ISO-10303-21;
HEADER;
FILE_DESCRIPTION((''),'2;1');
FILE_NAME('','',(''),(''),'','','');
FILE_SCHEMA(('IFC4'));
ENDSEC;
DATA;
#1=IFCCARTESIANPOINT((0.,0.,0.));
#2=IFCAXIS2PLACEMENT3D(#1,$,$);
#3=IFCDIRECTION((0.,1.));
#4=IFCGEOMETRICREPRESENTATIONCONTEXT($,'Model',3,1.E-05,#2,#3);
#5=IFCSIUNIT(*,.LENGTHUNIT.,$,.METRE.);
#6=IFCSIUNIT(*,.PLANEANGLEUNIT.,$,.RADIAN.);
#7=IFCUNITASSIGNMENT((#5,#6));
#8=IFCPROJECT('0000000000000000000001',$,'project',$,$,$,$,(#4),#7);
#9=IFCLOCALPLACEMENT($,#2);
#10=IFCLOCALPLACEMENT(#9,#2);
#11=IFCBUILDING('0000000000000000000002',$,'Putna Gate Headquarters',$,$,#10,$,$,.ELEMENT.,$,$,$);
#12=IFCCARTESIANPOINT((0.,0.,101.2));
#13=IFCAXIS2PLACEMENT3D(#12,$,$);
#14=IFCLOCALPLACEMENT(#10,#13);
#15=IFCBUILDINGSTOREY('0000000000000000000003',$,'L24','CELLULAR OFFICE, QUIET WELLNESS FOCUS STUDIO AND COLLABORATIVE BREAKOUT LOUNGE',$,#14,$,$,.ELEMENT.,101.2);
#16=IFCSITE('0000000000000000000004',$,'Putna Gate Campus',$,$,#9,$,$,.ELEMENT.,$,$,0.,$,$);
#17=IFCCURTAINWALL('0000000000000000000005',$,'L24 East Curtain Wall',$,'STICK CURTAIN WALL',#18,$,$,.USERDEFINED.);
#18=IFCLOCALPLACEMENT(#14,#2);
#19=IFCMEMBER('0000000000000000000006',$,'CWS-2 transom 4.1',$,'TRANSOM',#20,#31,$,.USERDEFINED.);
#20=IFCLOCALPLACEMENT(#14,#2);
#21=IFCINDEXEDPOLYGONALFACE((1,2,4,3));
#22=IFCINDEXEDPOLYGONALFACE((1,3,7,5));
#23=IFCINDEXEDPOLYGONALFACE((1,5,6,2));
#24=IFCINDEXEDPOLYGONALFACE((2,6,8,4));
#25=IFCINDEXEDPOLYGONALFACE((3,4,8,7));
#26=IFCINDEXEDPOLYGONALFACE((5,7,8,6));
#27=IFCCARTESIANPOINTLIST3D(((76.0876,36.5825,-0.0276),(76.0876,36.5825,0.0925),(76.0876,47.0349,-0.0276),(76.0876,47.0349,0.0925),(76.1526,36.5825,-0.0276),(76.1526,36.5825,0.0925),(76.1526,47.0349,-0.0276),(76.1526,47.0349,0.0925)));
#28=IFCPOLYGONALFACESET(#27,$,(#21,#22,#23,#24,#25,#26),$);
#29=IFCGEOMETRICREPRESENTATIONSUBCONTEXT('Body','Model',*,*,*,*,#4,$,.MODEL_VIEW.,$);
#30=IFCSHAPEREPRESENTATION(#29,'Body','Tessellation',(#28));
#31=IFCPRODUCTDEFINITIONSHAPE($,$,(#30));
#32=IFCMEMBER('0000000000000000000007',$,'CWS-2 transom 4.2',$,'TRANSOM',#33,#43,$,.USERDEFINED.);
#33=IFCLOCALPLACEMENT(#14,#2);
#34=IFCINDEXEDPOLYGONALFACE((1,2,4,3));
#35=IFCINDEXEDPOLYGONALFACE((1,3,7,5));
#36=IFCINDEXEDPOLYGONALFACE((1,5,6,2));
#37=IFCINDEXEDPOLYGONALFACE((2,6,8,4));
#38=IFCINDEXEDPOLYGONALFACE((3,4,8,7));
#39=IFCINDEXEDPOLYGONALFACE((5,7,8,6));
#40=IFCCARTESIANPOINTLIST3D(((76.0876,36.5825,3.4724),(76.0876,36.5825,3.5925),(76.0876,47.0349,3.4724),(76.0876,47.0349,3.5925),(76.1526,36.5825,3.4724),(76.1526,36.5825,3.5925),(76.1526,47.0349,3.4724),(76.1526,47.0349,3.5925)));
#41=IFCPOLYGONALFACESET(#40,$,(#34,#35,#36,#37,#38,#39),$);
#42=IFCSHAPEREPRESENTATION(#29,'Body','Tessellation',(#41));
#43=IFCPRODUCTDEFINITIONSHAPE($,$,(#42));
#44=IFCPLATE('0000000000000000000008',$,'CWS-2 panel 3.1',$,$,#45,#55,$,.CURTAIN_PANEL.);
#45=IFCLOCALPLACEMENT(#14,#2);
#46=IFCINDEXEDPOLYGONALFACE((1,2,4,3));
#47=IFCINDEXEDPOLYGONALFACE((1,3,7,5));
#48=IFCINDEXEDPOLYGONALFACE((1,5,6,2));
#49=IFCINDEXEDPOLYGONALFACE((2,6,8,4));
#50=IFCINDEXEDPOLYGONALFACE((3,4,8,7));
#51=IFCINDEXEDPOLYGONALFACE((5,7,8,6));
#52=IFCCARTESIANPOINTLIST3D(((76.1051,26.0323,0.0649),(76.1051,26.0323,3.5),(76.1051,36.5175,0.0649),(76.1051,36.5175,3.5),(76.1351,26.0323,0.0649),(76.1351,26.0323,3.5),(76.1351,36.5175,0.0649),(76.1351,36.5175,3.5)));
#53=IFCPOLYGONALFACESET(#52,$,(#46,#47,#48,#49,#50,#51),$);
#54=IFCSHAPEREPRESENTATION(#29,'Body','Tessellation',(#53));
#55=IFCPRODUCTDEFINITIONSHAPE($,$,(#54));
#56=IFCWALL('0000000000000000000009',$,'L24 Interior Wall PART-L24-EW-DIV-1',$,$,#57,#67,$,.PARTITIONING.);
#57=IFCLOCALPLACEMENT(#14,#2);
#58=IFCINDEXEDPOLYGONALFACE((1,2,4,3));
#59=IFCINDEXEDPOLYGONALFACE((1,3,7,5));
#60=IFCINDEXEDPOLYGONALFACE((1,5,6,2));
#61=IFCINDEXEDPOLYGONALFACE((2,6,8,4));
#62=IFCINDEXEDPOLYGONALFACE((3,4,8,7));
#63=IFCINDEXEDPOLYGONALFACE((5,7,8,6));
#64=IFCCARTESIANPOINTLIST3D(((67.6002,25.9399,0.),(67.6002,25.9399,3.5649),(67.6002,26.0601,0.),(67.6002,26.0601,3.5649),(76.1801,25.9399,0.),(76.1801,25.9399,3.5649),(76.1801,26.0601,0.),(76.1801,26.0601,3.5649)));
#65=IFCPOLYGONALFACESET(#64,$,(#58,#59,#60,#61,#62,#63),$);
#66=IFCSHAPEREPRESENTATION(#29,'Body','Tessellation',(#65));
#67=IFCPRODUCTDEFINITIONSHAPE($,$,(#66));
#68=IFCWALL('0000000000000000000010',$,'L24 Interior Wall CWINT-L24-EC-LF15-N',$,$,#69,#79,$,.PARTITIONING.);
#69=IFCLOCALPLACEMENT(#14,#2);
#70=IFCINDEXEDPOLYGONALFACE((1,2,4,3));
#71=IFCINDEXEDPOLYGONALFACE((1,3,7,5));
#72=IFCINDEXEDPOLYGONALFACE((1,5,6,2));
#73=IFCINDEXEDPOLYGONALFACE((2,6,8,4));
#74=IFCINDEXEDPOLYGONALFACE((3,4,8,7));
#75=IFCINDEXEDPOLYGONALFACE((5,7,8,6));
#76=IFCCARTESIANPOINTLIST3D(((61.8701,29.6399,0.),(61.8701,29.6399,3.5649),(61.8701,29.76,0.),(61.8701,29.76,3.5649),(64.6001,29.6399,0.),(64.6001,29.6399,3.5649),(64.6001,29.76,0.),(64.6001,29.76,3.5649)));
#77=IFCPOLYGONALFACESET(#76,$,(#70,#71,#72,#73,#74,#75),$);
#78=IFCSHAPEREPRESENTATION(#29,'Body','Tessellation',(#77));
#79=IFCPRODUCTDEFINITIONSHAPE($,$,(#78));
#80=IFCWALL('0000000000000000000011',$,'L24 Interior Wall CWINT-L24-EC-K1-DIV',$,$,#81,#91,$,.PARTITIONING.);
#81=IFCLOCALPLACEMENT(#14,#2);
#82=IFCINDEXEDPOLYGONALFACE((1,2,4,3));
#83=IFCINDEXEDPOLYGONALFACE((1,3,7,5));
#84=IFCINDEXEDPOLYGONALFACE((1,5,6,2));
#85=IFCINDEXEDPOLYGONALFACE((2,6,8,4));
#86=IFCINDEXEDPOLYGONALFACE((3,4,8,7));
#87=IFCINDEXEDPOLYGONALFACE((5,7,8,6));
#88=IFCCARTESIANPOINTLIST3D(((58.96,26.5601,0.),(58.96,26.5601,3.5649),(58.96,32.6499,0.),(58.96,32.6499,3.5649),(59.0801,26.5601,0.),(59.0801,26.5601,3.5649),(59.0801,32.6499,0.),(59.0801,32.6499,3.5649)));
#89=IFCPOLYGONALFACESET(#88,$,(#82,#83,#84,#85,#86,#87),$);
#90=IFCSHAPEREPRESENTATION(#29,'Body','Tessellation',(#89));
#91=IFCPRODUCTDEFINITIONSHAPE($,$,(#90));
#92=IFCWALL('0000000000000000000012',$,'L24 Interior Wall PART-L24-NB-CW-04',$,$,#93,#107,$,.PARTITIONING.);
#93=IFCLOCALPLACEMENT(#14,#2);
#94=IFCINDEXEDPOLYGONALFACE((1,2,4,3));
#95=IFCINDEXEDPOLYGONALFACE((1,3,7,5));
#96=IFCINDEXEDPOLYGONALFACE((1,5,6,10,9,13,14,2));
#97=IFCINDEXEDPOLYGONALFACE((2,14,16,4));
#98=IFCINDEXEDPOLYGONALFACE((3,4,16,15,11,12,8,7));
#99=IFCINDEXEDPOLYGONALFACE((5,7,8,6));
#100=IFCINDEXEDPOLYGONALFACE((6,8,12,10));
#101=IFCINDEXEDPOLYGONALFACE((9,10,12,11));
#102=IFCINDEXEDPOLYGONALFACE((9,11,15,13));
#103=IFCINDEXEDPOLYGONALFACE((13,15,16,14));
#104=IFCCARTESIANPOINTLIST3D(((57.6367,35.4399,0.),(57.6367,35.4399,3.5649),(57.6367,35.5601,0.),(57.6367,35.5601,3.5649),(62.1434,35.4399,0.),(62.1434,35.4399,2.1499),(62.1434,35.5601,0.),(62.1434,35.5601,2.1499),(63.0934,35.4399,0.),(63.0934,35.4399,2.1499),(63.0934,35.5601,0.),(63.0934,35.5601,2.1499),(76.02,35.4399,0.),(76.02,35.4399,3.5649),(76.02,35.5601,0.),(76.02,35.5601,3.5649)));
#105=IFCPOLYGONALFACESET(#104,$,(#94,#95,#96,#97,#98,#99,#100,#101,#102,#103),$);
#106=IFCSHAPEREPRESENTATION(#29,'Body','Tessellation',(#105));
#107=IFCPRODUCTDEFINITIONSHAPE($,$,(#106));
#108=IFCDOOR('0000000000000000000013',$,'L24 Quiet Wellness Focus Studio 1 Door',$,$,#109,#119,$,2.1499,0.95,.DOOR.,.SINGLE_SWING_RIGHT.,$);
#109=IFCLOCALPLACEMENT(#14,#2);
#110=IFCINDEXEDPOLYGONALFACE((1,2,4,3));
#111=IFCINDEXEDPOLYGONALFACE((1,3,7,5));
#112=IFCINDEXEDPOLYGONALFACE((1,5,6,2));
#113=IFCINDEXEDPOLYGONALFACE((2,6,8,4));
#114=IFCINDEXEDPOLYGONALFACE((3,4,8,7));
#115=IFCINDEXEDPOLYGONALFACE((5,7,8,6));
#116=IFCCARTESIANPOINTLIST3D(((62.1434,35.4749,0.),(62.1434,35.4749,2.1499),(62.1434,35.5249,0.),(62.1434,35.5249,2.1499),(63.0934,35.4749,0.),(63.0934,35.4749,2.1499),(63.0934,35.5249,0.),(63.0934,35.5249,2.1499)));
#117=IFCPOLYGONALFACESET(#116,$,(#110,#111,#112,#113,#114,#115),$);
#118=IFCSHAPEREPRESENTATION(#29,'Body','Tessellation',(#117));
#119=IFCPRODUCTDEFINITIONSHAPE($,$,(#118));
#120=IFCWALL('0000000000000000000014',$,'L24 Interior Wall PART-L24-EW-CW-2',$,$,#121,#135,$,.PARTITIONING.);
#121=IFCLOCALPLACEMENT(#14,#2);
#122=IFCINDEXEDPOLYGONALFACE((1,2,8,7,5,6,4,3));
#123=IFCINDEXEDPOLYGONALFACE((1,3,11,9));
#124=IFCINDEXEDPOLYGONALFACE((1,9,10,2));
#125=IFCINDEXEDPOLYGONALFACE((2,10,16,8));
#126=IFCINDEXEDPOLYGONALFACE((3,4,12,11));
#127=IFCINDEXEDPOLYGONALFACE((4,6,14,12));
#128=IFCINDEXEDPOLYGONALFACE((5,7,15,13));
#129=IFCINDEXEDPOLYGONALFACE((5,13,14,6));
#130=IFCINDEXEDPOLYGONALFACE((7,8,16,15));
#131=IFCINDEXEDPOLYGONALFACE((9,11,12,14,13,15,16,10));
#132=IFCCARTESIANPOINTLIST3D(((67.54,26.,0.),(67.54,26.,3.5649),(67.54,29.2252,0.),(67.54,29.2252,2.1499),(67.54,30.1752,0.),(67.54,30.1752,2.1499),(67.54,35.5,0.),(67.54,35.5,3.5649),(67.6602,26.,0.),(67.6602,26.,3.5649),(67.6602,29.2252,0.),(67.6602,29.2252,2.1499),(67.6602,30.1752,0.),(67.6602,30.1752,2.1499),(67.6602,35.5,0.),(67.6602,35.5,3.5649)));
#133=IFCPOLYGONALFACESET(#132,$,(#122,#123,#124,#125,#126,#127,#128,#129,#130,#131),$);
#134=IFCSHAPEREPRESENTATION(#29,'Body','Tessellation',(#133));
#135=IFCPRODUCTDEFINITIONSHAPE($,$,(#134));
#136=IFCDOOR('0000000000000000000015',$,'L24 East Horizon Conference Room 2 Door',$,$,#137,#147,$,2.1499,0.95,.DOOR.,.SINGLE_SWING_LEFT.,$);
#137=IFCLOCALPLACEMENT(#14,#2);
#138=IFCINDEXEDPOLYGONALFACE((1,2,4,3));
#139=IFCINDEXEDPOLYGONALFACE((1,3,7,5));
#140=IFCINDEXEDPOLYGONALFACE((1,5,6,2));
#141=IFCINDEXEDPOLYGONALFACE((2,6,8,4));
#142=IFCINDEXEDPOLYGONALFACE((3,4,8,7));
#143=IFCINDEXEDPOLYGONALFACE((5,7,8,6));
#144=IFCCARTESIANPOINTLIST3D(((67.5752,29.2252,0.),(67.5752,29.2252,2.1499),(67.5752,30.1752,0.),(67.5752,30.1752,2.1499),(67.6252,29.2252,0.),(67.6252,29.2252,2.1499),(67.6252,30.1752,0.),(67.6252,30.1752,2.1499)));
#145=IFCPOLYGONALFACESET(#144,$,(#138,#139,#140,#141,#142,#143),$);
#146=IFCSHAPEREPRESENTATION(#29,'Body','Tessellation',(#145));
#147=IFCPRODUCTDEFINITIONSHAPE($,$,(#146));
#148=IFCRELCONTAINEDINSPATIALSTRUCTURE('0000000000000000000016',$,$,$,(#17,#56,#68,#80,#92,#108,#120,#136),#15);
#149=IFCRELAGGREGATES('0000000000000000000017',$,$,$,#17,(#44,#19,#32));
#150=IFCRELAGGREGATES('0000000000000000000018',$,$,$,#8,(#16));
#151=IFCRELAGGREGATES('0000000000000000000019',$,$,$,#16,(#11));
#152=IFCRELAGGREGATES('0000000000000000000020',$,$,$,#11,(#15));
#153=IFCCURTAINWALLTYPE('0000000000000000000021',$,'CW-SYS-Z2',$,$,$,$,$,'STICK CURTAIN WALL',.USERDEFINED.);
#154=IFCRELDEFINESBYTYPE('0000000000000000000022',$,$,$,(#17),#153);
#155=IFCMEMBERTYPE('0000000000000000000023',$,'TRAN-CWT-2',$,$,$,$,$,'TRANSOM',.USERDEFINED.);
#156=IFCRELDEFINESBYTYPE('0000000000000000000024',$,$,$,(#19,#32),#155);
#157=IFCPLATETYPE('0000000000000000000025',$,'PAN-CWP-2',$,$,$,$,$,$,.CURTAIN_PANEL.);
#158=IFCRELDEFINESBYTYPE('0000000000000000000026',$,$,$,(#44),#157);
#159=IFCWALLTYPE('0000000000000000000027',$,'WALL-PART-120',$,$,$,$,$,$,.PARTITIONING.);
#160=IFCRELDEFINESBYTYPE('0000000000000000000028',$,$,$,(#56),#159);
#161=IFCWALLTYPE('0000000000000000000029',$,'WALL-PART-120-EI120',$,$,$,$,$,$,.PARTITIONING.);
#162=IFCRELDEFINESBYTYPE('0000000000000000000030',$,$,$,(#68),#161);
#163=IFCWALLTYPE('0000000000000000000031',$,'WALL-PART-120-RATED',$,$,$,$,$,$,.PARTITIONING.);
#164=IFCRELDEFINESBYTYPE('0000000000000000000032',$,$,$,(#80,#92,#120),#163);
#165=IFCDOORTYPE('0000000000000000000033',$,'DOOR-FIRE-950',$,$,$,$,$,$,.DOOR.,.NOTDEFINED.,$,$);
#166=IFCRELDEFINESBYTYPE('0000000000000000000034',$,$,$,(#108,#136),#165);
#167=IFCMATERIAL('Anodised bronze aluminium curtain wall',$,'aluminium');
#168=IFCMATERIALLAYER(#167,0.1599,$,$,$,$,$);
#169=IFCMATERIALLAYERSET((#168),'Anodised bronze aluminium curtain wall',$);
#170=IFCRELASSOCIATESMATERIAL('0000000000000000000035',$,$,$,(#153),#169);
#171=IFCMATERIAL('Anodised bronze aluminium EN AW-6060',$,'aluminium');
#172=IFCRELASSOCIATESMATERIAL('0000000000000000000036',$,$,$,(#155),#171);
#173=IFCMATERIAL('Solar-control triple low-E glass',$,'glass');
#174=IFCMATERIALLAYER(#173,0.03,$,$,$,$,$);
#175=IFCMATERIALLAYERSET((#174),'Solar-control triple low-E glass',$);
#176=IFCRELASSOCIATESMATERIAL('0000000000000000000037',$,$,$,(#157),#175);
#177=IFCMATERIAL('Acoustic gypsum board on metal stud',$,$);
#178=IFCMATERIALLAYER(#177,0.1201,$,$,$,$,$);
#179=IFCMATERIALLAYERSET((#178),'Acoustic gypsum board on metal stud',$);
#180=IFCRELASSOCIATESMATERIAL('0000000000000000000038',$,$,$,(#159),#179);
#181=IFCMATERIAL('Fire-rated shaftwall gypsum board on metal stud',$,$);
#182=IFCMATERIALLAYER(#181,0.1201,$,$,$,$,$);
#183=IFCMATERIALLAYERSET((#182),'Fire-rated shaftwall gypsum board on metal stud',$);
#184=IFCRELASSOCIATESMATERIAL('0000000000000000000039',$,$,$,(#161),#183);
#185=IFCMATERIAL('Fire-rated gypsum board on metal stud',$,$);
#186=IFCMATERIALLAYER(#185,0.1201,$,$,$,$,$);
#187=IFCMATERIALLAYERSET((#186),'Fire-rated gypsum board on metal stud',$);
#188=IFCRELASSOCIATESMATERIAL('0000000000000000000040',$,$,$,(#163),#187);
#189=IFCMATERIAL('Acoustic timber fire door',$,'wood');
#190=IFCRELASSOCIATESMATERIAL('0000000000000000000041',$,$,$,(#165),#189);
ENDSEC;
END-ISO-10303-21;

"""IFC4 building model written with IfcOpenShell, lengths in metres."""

from ifc_helpers import new_model, si_unit, direction, frame, frame_2d, origin, origin_2d, place, context, subcontext, project, spatial, rectangle, extrude, material, layer, layer_set, material_profile, profile_set, type_object, element, fill, aggregate, save


model = new_model("IFC4")

# Units and contexts
model_context = context("Model", 3, precision=1e-05, world=origin(), true_north=direction((0.0, 1.0)))
body_context = subcontext(model_context, "Body", "Model", "MODEL_VIEW")
ifc_project = project(units=[si_unit("LENGTHUNIT", "METRE"), si_unit("PLANEANGLEUNIT", "RADIAN")], contexts=[model_context])

# Site, building, storey
site_placement = place(None, origin())
site = spatial("IfcSite", under=ifc_project, at=site_placement, Name="Putna Gate Campus", CompositionType="ELEMENT", RefElevation=0.0)
building_placement = place(site_placement, origin())
building = spatial("IfcBuilding", under=site, at=building_placement, Name="Putna Gate Headquarters", CompositionType="ELEMENT")
storey_placement = place(building_placement, frame((0.0, 0.0, 101.2)))
storey = spatial("IfcBuildingStorey", under=building, at=storey_placement, Name="L24", Description="CELLULAR OFFICE, QUIET WELLNESS FOCUS STUDIO AND COLLABORATIVE BREAKOUT LOUNGE", CompositionType="ELEMENT", Elevation=101.2)

# Curtain wall, members, plate
ifc_material_1 = material(Name="Anodised bronze aluminium curtain wall", Category="aluminium")
ifc_layer_1 = layer(ifc_material_1, 0.1599)
ifc_layer_set_1 = layer_set([ifc_layer_1], Name="Anodised bronze aluminium curtain wall")
curtain_wall_type = type_object("IfcCurtainWallType", Name="CW-SYS-Z2", ElementType="STICK CURTAIN WALL", PredefinedType="USERDEFINED", material=ifc_layer_set_1)
curtain_wall_placement = place(storey_placement, origin())
curtain_wall = element("IfcCurtainWall", 1, at=curtain_wall_placement, inside=storey, type_object=curtain_wall_type, Name="L24 East Curtain Wall", ObjectType="STICK CURTAIN WALL", PredefinedType="USERDEFINED")
ifc_material_2 = material(Name="Anodised bronze aluminium EN AW-6060", Category="aluminium")
ifc_material_profile_1 = material_profile(ifc_material_2, rectangle(XDim=0.0649, YDim=0.1201, at=origin_2d()), Name="Anodised bronze aluminium EN AW-6060")
ifc_profile_set_1 = profile_set([ifc_material_profile_1], Name="Anodised bronze aluminium EN AW-6060")
member_type_1 = type_object("IfcMemberType", Name="TRAN-CWT-2", ElementType="TRANSOM", PredefinedType="USERDEFINED", material=ifc_profile_set_1)
member_1_placement = place(storey_placement, frame((76.1201, 36.5825, 0.0325), z_axis=(0.0, 1.0, 0.0), x_axis=(-1.0, 0.0, 0.0)))
member_1 = element("IfcMember", 2, at=member_1_placement, type_object=member_type_1, Name="CWS-2 transom 4.1", ObjectType="TRANSOM", PredefinedType="USERDEFINED", context=body_context, shape_type="SweptSolid", body=[
    extrude(rectangle(XDim=0.0649, YDim=0.1201, at=origin_2d()), origin(), (0.0, 0.0, 1.0), 10.4524),
])
member_2_placement = place(storey_placement, frame((76.1201, 36.5825, 3.5325), z_axis=(0.0, 1.0, 0.0), x_axis=(-1.0, 0.0, 0.0)))
member_2 = element("IfcMember", 3, at=member_2_placement, type_object=member_type_1, Name="CWS-2 transom 4.2", ObjectType="TRANSOM", PredefinedType="USERDEFINED", context=body_context, shape_type="SweptSolid", body=[
    extrude(rectangle(XDim=0.0649, YDim=0.1201, at=origin_2d()), origin(), (0.0, 0.0, 1.0), 10.4524),
])
ifc_material_3 = material(Name="Solar-control triple low-E glass", Category="glass")
ifc_layer_2 = layer(ifc_material_3, 0.03)
ifc_layer_set_2 = layer_set([ifc_layer_2], Name="Solar-control triple low-E glass")
plate_type = type_object("IfcPlateType", Name="PAN-CWP-2", PredefinedType="CURTAIN_PANEL", material=ifc_layer_set_2)
plate_placement = place(storey_placement, frame((76.1201, 31.2749, 0.0649), z_axis=(0.0, 0.0, 1.0), x_axis=(0.0, 1.0, 0.0)))
plate = element("IfcPlate", 4, at=plate_placement, type_object=plate_type, Name="CWS-2 panel 3.1", PredefinedType="CURTAIN_PANEL", context=body_context, shape_type="SweptSolid", body=[
    extrude(rectangle(XDim=10.4851, YDim=0.03, at=origin_2d()), origin(), (0.0, 0.0, 1.0), 3.4351),
])
aggregate(curtain_wall, [plate, member_1, member_2])

# Walls
ifc_material_4 = material(Name="Acoustic gypsum board on metal stud")
ifc_layer_3 = layer(ifc_material_4, 0.1201)
ifc_layer_set_3 = layer_set([ifc_layer_3], Name="Acoustic gypsum board on metal stud")
wall_type_1 = type_object("IfcWallType", Name="WALL-PART-120", PredefinedType="PARTITIONING", material=ifc_layer_set_3)
wall_1_placement = place(storey_placement, frame((67.6001, 26.0, 0.0), z_axis=(0.0, 0.0, 1.0), x_axis=(1.0, 0.0, 0.0)))
element("IfcWall", 5, at=wall_1_placement, inside=storey, type_object=wall_type_1, Name="L24 Interior Wall PART-L24-EW-DIV-1", PredefinedType="PARTITIONING", context=body_context, shape_type="SweptSolid", body=[
    extrude(rectangle(XDim=8.5798, YDim=0.1201, at=frame_2d((4.29, 0.0))), origin(), (0.0, 0.0, 1.0), 3.5649),
])
ifc_material_5 = material(Name="Fire-rated shaftwall gypsum board on metal stud")
ifc_layer_4 = layer(ifc_material_5, 0.1201)
ifc_layer_set_4 = layer_set([ifc_layer_4], Name="Fire-rated shaftwall gypsum board on metal stud")
wall_type_2 = type_object("IfcWallType", Name="WALL-PART-120-EI120", PredefinedType="PARTITIONING", material=ifc_layer_set_4)
wall_2_placement = place(storey_placement, frame((61.8701, 29.7, 0.0), z_axis=(0.0, 0.0, 1.0), x_axis=(1.0, 0.0, 0.0)))
element("IfcWall", 6, at=wall_2_placement, inside=storey, type_object=wall_type_2, Name="L24 Interior Wall CWINT-L24-EC-LF15-N", PredefinedType="PARTITIONING", context=body_context, shape_type="SweptSolid", body=[
    extrude(rectangle(XDim=2.73, YDim=0.1201, at=frame_2d((1.365, 0.0))), origin(), (0.0, 0.0, 1.0), 3.5649),
])
ifc_material_6 = material(Name="Fire-rated gypsum board on metal stud")
ifc_layer_5 = layer(ifc_material_6, 0.1201)
ifc_layer_set_5 = layer_set([ifc_layer_5], Name="Fire-rated gypsum board on metal stud")
wall_type_3 = type_object("IfcWallType", Name="WALL-PART-120-RATED", PredefinedType="PARTITIONING", material=ifc_layer_set_5)
wall_3_placement = place(storey_placement, frame((59.02, 26.5601, 0.0), z_axis=(0.0, 0.0, 1.0), x_axis=(0.0, 1.0, 0.0)))
element("IfcWall", 7, at=wall_3_placement, inside=storey, type_object=wall_type_3, Name="L24 Interior Wall CWINT-L24-EC-K1-DIV", PredefinedType="PARTITIONING", context=body_context, shape_type="SweptSolid", body=[
    extrude(rectangle(XDim=6.0898, YDim=0.1201, at=frame_2d((3.0449, 0.0))), origin(), (0.0, 0.0, 1.0), 3.5649),
])

# Walls, openings, doors
wall_4_placement = place(storey_placement, frame((57.6367, 35.5, 0.0), z_axis=(0.0, 0.0, 1.0), x_axis=(1.0, 0.0, 0.0)))
wall_4 = element("IfcWall", 8, at=wall_4_placement, inside=storey, type_object=wall_type_3, Name="L24 Interior Wall PART-L24-NB-CW-04", PredefinedType="PARTITIONING", context=body_context, shape_type="SweptSolid", body=[
    extrude(rectangle(XDim=18.3833, YDim=0.1201, at=frame_2d((9.1917, 0.0))), origin(), (0.0, 0.0, 1.0), 3.5649),
])
opening_1_placement = place(wall_4_placement, frame((4.5066, 0.0, 0.0)))
opening_1 = element("IfcOpeningElement", 9, at=opening_1_placement, cuts=wall_4, PredefinedType="OPENING", context=body_context, shape_type="SweptSolid", body=[
    extrude(rectangle(XDim=0.95, YDim=2.1499, at=frame_2d((0.4751, 1.075))), frame((0.0, 0.0701, 0.0), z_axis=(0.0, -1.0, 0.0), x_axis=(1.0, 0.0, 0.0)), (0.0, 0.0, 1.0), 0.1401),
])
ifc_material_7 = material(Name="Acoustic timber fire door", Category="wood")
door_type_1 = type_object("IfcDoorType", Name="DOOR-FIRE-950", OperationType="NOTDEFINED", PredefinedType="DOOR", material=ifc_material_7)
door_1_placement = place(opening_1_placement, origin())
door_1 = element("IfcDoor", 10, at=door_1_placement, inside=storey, type_object=door_type_1, Name="L24 Quiet Wellness Focus Studio 1 Door", OperationType="SINGLE_SWING_RIGHT", OverallHeight=2.1499, OverallWidth=0.95, PredefinedType="DOOR", context=body_context, shape_type="SweptSolid", body=[
    extrude(rectangle(XDim=0.95, YDim=2.1499, at=frame_2d((0.4751, 1.075))), frame((0.0, 0.0249, 0.0), z_axis=(0.0, -1.0, 0.0), x_axis=(1.0, 0.0, 0.0)), (0.0, 0.0, 1.0), 0.05),
])
fill(opening_1, door_1)
wall_5_placement = place(storey_placement, frame((67.6001, 26.0, 0.0), z_axis=(0.0, 0.0, 1.0), x_axis=(0.0, 1.0, 0.0)))
wall_5 = element("IfcWall", 11, at=wall_5_placement, inside=storey, type_object=wall_type_3, Name="L24 Interior Wall PART-L24-EW-CW-2", PredefinedType="PARTITIONING", context=body_context, shape_type="SweptSolid", body=[
    extrude(rectangle(XDim=9.5, YDim=0.1201, at=frame_2d((4.75, 0.0))), origin(), (0.0, 0.0, 1.0), 3.5649),
])
opening_2_placement = place(wall_5_placement, frame((3.2251, 0.0, 0.0)))
opening_2 = element("IfcOpeningElement", 12, at=opening_2_placement, cuts=wall_5, PredefinedType="OPENING", context=body_context, shape_type="SweptSolid", body=[
    extrude(rectangle(XDim=0.95, YDim=2.1499, at=frame_2d((0.4751, 1.075))), frame((0.0, 0.0701, 0.0), z_axis=(0.0, -1.0, 0.0), x_axis=(1.0, 0.0, 0.0)), (0.0, 0.0, 1.0), 0.1401),
])
door_2_placement = place(opening_2_placement, origin())
door_2 = element("IfcDoor", 13, at=door_2_placement, inside=storey, type_object=door_type_1, Name="L24 East Horizon Conference Room 2 Door", OperationType="SINGLE_SWING_LEFT", OverallHeight=2.1499, OverallWidth=0.95, PredefinedType="DOOR", context=body_context, shape_type="SweptSolid", body=[
    extrude(rectangle(XDim=0.95, YDim=2.1499, at=frame_2d((0.4751, 1.075))), frame((0.0, 0.0249, 0.0), z_axis=(0.0, -1.0, 0.0), x_axis=(1.0, 0.0, 0.0)), (0.0, 0.0, 1.0), 0.05),
])
fill(opening_2, door_2)

save(model, "model.ifc")
